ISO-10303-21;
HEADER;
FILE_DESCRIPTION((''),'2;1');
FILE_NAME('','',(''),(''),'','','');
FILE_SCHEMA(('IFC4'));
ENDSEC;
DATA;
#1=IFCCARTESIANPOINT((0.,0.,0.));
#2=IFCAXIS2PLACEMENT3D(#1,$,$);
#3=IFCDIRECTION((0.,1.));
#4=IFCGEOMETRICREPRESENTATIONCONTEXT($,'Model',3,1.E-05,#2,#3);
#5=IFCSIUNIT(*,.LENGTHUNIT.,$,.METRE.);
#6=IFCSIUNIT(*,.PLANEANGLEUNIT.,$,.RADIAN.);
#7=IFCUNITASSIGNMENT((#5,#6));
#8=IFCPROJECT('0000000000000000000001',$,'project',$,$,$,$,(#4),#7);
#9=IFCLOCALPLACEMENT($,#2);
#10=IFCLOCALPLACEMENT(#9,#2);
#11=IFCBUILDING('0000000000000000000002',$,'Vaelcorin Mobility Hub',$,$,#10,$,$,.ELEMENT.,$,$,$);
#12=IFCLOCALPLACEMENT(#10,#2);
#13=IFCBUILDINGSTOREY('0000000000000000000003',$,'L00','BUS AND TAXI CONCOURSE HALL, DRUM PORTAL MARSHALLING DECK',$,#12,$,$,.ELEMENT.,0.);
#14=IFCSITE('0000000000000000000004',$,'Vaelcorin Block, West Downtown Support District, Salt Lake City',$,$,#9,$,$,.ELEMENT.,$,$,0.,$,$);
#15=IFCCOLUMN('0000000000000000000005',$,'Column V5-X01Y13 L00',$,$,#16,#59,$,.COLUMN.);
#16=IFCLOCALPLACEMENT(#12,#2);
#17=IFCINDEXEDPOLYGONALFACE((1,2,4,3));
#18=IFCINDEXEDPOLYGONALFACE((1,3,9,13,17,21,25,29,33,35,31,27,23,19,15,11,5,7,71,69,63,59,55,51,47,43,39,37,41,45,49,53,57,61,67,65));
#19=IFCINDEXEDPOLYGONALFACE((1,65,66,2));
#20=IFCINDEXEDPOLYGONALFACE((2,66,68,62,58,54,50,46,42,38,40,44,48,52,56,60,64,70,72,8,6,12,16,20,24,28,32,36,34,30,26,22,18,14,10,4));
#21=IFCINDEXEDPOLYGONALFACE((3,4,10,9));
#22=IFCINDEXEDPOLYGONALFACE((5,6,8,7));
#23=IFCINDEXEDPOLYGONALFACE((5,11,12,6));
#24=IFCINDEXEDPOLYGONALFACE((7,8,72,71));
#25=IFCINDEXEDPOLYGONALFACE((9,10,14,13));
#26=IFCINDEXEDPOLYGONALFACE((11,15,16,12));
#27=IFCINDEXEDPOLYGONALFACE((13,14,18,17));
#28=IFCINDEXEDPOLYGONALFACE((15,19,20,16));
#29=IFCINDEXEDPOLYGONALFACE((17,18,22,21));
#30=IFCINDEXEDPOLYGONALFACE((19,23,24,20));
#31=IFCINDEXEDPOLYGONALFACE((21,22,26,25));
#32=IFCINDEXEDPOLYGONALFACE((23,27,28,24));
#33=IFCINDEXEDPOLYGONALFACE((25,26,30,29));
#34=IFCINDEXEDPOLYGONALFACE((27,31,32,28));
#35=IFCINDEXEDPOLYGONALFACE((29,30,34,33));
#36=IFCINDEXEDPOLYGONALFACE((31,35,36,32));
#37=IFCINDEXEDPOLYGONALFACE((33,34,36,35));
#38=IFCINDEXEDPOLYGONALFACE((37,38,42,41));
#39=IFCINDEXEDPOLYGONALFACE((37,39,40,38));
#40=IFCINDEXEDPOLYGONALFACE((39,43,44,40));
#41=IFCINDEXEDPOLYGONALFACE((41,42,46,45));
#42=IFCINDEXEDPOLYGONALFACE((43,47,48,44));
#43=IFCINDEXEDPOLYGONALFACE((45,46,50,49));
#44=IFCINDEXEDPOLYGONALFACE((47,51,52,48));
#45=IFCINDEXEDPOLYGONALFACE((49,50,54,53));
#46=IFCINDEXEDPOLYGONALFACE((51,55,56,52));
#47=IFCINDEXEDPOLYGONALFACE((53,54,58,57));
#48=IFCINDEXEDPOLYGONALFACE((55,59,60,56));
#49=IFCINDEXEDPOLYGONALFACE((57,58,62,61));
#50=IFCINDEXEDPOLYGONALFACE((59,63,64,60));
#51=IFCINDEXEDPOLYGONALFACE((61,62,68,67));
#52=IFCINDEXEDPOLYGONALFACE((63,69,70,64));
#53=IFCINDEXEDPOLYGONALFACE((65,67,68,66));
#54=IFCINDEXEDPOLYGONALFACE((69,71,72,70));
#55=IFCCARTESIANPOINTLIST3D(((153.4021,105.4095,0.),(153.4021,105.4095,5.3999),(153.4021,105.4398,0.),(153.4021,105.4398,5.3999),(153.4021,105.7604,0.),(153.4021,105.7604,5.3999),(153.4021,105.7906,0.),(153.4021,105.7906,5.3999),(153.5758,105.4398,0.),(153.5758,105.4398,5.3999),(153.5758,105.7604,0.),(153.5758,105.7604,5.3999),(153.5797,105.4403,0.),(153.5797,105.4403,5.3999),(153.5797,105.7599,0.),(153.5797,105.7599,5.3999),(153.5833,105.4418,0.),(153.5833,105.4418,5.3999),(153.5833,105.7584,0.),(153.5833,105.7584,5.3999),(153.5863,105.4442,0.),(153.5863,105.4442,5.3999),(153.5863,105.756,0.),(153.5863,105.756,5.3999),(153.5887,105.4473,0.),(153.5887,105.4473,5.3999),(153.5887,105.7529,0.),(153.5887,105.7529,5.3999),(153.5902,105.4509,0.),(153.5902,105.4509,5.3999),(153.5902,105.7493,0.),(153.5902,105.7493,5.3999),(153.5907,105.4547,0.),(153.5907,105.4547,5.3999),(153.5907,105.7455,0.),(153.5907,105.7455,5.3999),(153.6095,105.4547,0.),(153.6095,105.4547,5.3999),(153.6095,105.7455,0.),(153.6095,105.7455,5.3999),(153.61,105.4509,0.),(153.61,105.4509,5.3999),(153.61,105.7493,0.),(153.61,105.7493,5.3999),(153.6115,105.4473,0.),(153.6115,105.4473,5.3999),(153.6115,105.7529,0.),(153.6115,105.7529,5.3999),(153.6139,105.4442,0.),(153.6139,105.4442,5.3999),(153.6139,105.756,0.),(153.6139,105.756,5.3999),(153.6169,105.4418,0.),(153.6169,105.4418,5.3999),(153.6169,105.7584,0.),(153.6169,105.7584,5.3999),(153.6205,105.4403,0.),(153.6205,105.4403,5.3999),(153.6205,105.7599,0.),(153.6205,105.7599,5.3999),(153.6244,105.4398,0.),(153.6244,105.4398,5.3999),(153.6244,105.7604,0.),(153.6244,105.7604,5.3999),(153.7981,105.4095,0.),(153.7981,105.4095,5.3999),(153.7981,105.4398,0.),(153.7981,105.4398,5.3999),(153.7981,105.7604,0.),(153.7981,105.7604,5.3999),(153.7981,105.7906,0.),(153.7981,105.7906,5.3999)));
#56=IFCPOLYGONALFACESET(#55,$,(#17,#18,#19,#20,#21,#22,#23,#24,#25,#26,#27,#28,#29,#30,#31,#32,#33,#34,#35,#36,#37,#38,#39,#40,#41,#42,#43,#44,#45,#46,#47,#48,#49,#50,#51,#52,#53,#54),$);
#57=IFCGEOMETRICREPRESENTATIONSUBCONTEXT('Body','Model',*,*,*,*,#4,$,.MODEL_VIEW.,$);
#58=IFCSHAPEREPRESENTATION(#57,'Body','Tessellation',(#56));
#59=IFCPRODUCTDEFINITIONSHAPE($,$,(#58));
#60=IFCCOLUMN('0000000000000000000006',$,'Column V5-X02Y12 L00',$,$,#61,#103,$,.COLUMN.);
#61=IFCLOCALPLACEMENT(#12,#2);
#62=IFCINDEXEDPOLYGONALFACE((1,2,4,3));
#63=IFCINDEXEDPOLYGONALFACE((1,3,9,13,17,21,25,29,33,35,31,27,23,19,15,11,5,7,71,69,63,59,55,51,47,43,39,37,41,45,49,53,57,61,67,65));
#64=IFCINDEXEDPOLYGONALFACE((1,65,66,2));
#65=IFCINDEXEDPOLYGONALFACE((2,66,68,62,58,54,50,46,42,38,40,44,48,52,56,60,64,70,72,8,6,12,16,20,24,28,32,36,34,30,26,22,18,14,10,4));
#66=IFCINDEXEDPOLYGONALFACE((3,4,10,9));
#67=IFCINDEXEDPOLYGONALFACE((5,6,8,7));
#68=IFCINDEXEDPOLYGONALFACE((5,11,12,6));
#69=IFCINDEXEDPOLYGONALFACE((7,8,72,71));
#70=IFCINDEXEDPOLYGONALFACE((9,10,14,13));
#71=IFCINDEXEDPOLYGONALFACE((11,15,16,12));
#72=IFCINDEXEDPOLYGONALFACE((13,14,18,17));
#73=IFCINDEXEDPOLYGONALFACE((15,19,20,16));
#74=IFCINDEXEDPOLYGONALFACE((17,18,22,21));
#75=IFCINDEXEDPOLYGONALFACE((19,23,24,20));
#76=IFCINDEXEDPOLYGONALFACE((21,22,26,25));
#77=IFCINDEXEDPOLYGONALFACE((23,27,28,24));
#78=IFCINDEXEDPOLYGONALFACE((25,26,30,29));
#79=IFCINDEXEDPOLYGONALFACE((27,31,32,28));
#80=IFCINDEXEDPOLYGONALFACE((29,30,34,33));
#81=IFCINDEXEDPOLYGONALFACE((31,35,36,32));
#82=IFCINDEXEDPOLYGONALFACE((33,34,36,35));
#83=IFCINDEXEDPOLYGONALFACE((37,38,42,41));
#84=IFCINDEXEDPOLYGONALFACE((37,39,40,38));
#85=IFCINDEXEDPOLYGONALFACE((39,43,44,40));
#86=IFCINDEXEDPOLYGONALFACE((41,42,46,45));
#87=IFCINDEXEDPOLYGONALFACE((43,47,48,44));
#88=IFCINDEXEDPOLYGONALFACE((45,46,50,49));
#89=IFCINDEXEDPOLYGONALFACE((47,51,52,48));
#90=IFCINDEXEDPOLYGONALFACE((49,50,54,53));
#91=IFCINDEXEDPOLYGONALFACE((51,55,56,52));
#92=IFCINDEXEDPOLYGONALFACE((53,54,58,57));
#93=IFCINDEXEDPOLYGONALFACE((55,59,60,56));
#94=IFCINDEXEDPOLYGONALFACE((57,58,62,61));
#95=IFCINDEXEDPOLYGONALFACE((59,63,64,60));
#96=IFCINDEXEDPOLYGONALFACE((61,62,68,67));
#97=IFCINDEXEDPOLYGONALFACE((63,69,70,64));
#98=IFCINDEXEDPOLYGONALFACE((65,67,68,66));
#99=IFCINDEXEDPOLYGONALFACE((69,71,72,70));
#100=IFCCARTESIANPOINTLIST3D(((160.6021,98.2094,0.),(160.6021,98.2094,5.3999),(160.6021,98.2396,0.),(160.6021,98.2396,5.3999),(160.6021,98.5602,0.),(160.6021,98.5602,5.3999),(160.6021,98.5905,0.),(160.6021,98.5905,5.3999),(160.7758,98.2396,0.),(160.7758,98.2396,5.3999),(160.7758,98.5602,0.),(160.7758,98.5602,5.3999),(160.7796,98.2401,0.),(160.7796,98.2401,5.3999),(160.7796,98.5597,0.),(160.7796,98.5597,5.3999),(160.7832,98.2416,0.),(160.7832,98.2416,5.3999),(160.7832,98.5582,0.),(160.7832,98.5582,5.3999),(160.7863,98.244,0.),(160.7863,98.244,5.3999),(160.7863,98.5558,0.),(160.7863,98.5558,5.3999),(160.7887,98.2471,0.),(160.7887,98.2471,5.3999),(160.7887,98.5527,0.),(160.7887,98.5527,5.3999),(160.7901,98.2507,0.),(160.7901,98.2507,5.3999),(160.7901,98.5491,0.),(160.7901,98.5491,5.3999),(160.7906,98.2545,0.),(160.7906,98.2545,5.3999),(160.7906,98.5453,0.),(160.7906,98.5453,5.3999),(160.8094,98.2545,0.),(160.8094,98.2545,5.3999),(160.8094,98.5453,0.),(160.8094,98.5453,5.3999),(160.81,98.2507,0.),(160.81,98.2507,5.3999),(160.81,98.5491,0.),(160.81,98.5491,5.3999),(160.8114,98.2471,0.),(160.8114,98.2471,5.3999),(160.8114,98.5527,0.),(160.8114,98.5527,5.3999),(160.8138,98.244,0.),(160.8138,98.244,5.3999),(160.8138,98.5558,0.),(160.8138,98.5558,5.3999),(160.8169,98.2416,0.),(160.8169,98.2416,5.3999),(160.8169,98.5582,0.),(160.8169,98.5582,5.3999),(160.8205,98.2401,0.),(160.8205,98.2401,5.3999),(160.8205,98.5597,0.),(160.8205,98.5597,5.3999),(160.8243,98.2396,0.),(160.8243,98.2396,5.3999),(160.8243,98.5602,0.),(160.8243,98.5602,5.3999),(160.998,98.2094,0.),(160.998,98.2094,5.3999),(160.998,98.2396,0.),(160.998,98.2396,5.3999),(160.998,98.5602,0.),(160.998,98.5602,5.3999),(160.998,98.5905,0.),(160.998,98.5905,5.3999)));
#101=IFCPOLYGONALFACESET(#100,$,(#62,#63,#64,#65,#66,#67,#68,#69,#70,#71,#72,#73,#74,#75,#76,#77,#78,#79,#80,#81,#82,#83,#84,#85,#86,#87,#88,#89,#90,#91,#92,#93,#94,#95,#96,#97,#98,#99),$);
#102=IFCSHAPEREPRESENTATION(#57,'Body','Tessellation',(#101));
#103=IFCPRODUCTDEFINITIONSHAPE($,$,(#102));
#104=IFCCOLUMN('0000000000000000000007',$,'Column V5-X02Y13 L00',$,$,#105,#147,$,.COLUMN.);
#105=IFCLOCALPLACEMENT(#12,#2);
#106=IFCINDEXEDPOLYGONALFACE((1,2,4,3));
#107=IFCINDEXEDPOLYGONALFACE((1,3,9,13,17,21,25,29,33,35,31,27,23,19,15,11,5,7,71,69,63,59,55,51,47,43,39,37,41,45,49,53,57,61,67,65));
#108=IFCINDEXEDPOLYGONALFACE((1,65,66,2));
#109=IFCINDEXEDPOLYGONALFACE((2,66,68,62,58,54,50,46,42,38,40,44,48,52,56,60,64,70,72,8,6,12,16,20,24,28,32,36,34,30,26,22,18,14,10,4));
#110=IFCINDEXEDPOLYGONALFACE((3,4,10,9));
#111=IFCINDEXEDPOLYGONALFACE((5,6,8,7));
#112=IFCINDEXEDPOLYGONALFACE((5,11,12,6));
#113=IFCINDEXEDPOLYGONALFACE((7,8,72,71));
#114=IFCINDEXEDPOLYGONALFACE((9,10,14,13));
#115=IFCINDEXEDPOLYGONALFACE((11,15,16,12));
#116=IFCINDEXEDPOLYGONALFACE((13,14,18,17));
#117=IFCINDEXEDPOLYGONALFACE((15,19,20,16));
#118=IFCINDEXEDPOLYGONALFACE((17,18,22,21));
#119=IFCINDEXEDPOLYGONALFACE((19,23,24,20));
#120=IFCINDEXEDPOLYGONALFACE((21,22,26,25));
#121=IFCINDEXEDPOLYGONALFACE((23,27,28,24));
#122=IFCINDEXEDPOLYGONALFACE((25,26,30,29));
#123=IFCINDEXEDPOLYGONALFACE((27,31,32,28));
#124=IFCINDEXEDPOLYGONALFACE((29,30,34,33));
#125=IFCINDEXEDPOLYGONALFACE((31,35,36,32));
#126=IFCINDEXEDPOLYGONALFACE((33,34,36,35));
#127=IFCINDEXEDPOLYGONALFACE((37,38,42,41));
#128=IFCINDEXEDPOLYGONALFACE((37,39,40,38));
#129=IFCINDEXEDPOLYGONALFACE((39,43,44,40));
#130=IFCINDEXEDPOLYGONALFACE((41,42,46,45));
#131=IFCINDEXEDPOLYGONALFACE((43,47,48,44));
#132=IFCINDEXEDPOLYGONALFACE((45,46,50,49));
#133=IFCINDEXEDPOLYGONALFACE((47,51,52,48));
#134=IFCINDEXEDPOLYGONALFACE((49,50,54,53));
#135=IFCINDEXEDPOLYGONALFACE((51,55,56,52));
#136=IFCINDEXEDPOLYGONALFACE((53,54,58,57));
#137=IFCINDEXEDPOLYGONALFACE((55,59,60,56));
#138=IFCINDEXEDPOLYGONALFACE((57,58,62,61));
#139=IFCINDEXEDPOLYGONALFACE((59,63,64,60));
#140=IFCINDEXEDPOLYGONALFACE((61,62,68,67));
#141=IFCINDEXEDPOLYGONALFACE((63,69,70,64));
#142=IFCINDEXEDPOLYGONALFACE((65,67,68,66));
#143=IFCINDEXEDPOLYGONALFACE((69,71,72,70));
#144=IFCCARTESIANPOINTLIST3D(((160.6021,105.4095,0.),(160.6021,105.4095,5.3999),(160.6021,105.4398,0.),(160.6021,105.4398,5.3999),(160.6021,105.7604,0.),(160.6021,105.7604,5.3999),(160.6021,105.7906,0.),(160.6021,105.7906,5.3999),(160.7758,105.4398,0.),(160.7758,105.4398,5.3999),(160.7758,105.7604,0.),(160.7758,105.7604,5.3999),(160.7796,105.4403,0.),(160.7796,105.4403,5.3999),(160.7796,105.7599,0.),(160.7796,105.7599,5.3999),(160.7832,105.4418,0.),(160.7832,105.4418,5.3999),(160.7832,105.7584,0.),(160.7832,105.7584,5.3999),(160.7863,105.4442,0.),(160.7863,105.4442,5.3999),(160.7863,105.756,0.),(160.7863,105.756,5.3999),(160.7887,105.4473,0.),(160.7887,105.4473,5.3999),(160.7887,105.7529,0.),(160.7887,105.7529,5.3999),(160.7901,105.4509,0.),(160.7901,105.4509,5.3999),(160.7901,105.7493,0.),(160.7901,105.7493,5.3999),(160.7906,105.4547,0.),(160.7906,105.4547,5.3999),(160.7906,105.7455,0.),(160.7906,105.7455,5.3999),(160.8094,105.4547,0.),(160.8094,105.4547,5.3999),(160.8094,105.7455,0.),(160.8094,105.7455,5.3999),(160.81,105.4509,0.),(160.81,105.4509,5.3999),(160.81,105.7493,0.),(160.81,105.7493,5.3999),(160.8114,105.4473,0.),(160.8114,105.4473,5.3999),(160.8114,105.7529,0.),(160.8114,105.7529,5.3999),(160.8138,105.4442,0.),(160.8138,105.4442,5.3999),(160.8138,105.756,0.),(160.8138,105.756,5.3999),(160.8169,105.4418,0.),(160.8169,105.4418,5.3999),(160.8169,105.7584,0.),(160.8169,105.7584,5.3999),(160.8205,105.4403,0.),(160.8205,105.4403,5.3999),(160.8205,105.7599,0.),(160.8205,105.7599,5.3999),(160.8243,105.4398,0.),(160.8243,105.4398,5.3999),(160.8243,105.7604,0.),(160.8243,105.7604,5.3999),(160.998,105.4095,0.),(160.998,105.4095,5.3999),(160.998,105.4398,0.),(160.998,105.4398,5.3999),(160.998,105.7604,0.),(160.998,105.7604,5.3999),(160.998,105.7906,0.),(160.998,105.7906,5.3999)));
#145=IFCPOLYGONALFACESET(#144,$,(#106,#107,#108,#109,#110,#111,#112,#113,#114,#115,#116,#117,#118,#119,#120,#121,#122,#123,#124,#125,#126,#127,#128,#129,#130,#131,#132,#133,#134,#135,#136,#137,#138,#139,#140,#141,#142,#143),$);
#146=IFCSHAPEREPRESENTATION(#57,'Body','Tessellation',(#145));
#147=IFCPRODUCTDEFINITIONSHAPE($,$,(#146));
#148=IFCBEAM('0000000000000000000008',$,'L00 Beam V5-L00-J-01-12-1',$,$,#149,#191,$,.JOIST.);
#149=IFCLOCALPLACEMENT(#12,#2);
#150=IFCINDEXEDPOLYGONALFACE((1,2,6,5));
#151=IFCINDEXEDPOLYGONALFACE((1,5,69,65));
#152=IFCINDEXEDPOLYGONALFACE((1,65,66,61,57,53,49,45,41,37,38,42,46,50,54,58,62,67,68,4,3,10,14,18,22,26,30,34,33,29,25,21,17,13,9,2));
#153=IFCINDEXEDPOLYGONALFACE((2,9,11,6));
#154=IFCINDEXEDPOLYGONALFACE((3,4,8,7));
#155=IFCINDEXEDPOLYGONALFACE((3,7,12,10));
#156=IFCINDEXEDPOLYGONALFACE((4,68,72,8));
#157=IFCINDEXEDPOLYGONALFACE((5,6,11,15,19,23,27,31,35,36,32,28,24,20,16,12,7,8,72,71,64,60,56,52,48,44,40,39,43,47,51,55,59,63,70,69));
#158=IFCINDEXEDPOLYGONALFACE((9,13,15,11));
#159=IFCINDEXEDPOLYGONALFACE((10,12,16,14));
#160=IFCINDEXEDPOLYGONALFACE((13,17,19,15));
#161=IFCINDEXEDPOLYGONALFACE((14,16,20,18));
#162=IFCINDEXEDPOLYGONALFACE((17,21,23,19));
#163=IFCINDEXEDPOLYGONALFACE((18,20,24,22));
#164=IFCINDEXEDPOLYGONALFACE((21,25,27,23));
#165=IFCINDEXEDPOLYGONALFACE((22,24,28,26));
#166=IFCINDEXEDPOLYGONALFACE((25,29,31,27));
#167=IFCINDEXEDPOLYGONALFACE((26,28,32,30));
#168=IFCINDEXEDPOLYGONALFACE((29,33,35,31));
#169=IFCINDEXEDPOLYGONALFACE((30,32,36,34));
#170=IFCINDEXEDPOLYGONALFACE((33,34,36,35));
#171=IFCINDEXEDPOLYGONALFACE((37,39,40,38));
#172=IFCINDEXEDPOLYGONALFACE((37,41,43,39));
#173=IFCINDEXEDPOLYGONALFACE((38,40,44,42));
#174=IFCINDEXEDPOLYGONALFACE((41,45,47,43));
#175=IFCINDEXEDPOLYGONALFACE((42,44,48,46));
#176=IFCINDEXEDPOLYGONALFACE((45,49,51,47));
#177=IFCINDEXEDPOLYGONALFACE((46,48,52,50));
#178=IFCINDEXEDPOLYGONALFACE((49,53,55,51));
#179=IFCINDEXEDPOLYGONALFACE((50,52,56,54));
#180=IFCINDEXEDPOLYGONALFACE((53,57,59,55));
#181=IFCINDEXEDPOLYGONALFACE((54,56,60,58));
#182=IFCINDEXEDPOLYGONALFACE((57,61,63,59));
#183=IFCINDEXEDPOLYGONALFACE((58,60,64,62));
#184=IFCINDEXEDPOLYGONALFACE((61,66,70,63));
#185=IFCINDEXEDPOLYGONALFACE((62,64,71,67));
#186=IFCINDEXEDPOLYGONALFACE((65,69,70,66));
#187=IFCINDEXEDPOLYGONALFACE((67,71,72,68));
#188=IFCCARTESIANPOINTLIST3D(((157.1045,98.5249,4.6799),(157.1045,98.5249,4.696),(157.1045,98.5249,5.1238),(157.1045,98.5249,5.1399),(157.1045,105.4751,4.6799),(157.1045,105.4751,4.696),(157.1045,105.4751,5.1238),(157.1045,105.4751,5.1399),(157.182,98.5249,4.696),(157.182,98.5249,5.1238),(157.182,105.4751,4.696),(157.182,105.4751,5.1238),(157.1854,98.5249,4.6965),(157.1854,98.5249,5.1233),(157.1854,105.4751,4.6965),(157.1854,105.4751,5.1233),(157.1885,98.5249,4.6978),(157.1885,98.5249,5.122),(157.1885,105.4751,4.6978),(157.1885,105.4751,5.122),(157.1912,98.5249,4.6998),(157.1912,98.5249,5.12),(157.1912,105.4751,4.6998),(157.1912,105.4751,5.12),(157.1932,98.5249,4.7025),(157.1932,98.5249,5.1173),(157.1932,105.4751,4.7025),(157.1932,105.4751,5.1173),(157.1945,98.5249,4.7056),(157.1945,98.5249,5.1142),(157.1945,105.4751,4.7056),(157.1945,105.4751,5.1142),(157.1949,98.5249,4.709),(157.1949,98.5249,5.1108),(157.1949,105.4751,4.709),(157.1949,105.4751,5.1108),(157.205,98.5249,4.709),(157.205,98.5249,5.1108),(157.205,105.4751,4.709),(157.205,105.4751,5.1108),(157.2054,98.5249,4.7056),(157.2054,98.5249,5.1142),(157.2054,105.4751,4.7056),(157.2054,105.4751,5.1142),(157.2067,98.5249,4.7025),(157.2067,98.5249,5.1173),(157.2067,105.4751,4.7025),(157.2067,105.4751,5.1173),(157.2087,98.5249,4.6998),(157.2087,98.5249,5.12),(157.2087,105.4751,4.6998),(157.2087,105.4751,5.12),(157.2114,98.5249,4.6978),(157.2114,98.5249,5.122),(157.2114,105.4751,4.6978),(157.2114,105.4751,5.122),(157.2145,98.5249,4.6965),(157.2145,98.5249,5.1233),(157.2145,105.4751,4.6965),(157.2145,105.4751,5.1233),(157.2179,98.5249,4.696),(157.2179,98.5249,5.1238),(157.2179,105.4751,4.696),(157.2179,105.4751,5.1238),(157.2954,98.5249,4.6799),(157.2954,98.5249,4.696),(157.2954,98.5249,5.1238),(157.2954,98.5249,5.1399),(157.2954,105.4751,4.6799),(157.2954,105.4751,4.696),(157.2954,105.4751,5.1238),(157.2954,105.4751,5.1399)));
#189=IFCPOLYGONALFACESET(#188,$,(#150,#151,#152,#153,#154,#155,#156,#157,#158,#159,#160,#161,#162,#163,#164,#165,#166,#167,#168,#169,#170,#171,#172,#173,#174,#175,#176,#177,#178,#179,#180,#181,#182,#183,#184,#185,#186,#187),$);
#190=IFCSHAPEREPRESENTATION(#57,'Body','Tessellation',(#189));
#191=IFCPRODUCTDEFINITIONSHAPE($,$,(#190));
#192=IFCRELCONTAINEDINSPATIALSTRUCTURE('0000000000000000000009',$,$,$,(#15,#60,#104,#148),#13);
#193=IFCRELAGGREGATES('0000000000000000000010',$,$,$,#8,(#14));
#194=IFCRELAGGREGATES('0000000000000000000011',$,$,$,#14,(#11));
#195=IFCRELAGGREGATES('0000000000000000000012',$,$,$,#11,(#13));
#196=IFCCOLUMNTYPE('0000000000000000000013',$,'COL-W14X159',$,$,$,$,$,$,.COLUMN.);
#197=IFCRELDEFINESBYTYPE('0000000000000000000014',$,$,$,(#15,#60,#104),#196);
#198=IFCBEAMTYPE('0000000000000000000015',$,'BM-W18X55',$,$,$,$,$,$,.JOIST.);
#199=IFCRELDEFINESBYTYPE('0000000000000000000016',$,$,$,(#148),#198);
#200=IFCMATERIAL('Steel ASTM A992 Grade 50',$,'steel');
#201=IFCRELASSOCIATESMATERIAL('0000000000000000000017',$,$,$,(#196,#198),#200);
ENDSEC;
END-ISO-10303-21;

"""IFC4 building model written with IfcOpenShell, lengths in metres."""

from ifc_helpers import new_model, si_unit, direction, frame, origin, origin_2d, place, context, subcontext, project, spatial, i_section, extrude, material, material_profile, profile_set, type_object, element, save


model = new_model("IFC4")

# Units and contexts
model_context = context("Model", 3, precision=1e-05, world=origin(), true_north=direction((0.0, 1.0)))
body_context = subcontext(model_context, "Body", "Model", "MODEL_VIEW")
ifc_project = project(units=[si_unit("LENGTHUNIT", "METRE"), si_unit("PLANEANGLEUNIT", "RADIAN")], contexts=[model_context])

# Site, building, storey
site_placement = place(None, origin())
site = spatial("IfcSite", under=ifc_project, at=site_placement, Name="Vaelcorin Block, West Downtown Support District, Salt Lake City", CompositionType="ELEMENT", RefElevation=0.0)
building_placement = place(site_placement, origin())
building = spatial("IfcBuilding", under=site, at=building_placement, Name="Vaelcorin Mobility Hub", CompositionType="ELEMENT")
storey_placement = place(building_placement, origin())
storey = spatial("IfcBuildingStorey", under=building, at=storey_placement, Name="L00", Description="BUS AND TAXI CONCOURSE HALL, DRUM PORTAL MARSHALLING DECK", CompositionType="ELEMENT", Elevation=0.0)

# Columns
ifc_material_1 = material(Name="Steel ASTM A992 Grade 50", Category="steel")
ifc_material_profile_1 = material_profile(ifc_material_1, i_section(OverallWidth=0.396, OverallDepth=0.3811, WebThickness=0.0188, FlangeThickness=0.0303, FilletRadius=0.0149, at=origin_2d()), Name="W14X159")
ifc_profile_set_1 = profile_set([ifc_material_profile_1], Name="Steel ASTM A992 Grade 50")
column_type = type_object("IfcColumnType", Name="COL-W14X159", PredefinedType="COLUMN", material=ifc_profile_set_1)
for number, where, z_axis, x_axis, name in (
    (1, (153.6001, 105.6001, 0.0), (0.0, 0.0, 1.0), (1.0, 0.0, 0.0), "Column V5-X01Y13 L00"),
    (2, (160.8, 98.3999, 0.0), (0.0, 0.0, 1.0), (1.0, 0.0, 0.0), "Column V5-X02Y12 L00"),
    (3, (160.8, 105.6001, 0.0), (0.0, 0.0, 1.0), (1.0, 0.0, 0.0), "Column V5-X02Y13 L00"),
):
    element("IfcColumn", number, at=place(storey_placement, frame(where, z_axis=z_axis, x_axis=x_axis)), inside=storey, type_object=column_type, Name=name, PredefinedType="COLUMN", context=body_context, shape_type="SweptSolid", body=[
        extrude(i_section(OverallWidth=0.396, OverallDepth=0.3811, WebThickness=0.0188, FlangeThickness=0.0303, FilletRadius=0.0149, at=origin_2d()), origin(), (0.0, 0.0, 1.0), 5.3999),
    ])

# Beam
ifc_material_profile_2 = material_profile(ifc_material_1, i_section(OverallWidth=0.1909, OverallDepth=0.46, WebThickness=0.01, FlangeThickness=0.0161, FilletRadius=0.0129, at=origin_2d()), Name="W18X55")
ifc_profile_set_2 = profile_set([ifc_material_profile_2], Name="Steel ASTM A992 Grade 50")
beam_type_1 = type_object("IfcBeamType", Name="BM-W18X55", PredefinedType="JOIST", material=ifc_profile_set_2)
beam_1_placement = place(storey_placement, frame((157.2, 98.5249, 4.9099), z_axis=(0.0, 1.0, 0.0), x_axis=(-1.0, 0.0, 0.0)))
element("IfcBeam", 4, at=beam_1_placement, inside=storey, type_object=beam_type_1, Name="L00 Beam V5-L00-J-01-12-1", PredefinedType="JOIST", context=body_context, shape_type="SweptSolid", body=[
    extrude(i_section(OverallWidth=0.1909, OverallDepth=0.46, WebThickness=0.01, FlangeThickness=0.0161, FilletRadius=0.0129, at=origin_2d()), origin(), (0.0, 0.0, 1.0), 6.9502),
])

save(model, "model.ifc")
